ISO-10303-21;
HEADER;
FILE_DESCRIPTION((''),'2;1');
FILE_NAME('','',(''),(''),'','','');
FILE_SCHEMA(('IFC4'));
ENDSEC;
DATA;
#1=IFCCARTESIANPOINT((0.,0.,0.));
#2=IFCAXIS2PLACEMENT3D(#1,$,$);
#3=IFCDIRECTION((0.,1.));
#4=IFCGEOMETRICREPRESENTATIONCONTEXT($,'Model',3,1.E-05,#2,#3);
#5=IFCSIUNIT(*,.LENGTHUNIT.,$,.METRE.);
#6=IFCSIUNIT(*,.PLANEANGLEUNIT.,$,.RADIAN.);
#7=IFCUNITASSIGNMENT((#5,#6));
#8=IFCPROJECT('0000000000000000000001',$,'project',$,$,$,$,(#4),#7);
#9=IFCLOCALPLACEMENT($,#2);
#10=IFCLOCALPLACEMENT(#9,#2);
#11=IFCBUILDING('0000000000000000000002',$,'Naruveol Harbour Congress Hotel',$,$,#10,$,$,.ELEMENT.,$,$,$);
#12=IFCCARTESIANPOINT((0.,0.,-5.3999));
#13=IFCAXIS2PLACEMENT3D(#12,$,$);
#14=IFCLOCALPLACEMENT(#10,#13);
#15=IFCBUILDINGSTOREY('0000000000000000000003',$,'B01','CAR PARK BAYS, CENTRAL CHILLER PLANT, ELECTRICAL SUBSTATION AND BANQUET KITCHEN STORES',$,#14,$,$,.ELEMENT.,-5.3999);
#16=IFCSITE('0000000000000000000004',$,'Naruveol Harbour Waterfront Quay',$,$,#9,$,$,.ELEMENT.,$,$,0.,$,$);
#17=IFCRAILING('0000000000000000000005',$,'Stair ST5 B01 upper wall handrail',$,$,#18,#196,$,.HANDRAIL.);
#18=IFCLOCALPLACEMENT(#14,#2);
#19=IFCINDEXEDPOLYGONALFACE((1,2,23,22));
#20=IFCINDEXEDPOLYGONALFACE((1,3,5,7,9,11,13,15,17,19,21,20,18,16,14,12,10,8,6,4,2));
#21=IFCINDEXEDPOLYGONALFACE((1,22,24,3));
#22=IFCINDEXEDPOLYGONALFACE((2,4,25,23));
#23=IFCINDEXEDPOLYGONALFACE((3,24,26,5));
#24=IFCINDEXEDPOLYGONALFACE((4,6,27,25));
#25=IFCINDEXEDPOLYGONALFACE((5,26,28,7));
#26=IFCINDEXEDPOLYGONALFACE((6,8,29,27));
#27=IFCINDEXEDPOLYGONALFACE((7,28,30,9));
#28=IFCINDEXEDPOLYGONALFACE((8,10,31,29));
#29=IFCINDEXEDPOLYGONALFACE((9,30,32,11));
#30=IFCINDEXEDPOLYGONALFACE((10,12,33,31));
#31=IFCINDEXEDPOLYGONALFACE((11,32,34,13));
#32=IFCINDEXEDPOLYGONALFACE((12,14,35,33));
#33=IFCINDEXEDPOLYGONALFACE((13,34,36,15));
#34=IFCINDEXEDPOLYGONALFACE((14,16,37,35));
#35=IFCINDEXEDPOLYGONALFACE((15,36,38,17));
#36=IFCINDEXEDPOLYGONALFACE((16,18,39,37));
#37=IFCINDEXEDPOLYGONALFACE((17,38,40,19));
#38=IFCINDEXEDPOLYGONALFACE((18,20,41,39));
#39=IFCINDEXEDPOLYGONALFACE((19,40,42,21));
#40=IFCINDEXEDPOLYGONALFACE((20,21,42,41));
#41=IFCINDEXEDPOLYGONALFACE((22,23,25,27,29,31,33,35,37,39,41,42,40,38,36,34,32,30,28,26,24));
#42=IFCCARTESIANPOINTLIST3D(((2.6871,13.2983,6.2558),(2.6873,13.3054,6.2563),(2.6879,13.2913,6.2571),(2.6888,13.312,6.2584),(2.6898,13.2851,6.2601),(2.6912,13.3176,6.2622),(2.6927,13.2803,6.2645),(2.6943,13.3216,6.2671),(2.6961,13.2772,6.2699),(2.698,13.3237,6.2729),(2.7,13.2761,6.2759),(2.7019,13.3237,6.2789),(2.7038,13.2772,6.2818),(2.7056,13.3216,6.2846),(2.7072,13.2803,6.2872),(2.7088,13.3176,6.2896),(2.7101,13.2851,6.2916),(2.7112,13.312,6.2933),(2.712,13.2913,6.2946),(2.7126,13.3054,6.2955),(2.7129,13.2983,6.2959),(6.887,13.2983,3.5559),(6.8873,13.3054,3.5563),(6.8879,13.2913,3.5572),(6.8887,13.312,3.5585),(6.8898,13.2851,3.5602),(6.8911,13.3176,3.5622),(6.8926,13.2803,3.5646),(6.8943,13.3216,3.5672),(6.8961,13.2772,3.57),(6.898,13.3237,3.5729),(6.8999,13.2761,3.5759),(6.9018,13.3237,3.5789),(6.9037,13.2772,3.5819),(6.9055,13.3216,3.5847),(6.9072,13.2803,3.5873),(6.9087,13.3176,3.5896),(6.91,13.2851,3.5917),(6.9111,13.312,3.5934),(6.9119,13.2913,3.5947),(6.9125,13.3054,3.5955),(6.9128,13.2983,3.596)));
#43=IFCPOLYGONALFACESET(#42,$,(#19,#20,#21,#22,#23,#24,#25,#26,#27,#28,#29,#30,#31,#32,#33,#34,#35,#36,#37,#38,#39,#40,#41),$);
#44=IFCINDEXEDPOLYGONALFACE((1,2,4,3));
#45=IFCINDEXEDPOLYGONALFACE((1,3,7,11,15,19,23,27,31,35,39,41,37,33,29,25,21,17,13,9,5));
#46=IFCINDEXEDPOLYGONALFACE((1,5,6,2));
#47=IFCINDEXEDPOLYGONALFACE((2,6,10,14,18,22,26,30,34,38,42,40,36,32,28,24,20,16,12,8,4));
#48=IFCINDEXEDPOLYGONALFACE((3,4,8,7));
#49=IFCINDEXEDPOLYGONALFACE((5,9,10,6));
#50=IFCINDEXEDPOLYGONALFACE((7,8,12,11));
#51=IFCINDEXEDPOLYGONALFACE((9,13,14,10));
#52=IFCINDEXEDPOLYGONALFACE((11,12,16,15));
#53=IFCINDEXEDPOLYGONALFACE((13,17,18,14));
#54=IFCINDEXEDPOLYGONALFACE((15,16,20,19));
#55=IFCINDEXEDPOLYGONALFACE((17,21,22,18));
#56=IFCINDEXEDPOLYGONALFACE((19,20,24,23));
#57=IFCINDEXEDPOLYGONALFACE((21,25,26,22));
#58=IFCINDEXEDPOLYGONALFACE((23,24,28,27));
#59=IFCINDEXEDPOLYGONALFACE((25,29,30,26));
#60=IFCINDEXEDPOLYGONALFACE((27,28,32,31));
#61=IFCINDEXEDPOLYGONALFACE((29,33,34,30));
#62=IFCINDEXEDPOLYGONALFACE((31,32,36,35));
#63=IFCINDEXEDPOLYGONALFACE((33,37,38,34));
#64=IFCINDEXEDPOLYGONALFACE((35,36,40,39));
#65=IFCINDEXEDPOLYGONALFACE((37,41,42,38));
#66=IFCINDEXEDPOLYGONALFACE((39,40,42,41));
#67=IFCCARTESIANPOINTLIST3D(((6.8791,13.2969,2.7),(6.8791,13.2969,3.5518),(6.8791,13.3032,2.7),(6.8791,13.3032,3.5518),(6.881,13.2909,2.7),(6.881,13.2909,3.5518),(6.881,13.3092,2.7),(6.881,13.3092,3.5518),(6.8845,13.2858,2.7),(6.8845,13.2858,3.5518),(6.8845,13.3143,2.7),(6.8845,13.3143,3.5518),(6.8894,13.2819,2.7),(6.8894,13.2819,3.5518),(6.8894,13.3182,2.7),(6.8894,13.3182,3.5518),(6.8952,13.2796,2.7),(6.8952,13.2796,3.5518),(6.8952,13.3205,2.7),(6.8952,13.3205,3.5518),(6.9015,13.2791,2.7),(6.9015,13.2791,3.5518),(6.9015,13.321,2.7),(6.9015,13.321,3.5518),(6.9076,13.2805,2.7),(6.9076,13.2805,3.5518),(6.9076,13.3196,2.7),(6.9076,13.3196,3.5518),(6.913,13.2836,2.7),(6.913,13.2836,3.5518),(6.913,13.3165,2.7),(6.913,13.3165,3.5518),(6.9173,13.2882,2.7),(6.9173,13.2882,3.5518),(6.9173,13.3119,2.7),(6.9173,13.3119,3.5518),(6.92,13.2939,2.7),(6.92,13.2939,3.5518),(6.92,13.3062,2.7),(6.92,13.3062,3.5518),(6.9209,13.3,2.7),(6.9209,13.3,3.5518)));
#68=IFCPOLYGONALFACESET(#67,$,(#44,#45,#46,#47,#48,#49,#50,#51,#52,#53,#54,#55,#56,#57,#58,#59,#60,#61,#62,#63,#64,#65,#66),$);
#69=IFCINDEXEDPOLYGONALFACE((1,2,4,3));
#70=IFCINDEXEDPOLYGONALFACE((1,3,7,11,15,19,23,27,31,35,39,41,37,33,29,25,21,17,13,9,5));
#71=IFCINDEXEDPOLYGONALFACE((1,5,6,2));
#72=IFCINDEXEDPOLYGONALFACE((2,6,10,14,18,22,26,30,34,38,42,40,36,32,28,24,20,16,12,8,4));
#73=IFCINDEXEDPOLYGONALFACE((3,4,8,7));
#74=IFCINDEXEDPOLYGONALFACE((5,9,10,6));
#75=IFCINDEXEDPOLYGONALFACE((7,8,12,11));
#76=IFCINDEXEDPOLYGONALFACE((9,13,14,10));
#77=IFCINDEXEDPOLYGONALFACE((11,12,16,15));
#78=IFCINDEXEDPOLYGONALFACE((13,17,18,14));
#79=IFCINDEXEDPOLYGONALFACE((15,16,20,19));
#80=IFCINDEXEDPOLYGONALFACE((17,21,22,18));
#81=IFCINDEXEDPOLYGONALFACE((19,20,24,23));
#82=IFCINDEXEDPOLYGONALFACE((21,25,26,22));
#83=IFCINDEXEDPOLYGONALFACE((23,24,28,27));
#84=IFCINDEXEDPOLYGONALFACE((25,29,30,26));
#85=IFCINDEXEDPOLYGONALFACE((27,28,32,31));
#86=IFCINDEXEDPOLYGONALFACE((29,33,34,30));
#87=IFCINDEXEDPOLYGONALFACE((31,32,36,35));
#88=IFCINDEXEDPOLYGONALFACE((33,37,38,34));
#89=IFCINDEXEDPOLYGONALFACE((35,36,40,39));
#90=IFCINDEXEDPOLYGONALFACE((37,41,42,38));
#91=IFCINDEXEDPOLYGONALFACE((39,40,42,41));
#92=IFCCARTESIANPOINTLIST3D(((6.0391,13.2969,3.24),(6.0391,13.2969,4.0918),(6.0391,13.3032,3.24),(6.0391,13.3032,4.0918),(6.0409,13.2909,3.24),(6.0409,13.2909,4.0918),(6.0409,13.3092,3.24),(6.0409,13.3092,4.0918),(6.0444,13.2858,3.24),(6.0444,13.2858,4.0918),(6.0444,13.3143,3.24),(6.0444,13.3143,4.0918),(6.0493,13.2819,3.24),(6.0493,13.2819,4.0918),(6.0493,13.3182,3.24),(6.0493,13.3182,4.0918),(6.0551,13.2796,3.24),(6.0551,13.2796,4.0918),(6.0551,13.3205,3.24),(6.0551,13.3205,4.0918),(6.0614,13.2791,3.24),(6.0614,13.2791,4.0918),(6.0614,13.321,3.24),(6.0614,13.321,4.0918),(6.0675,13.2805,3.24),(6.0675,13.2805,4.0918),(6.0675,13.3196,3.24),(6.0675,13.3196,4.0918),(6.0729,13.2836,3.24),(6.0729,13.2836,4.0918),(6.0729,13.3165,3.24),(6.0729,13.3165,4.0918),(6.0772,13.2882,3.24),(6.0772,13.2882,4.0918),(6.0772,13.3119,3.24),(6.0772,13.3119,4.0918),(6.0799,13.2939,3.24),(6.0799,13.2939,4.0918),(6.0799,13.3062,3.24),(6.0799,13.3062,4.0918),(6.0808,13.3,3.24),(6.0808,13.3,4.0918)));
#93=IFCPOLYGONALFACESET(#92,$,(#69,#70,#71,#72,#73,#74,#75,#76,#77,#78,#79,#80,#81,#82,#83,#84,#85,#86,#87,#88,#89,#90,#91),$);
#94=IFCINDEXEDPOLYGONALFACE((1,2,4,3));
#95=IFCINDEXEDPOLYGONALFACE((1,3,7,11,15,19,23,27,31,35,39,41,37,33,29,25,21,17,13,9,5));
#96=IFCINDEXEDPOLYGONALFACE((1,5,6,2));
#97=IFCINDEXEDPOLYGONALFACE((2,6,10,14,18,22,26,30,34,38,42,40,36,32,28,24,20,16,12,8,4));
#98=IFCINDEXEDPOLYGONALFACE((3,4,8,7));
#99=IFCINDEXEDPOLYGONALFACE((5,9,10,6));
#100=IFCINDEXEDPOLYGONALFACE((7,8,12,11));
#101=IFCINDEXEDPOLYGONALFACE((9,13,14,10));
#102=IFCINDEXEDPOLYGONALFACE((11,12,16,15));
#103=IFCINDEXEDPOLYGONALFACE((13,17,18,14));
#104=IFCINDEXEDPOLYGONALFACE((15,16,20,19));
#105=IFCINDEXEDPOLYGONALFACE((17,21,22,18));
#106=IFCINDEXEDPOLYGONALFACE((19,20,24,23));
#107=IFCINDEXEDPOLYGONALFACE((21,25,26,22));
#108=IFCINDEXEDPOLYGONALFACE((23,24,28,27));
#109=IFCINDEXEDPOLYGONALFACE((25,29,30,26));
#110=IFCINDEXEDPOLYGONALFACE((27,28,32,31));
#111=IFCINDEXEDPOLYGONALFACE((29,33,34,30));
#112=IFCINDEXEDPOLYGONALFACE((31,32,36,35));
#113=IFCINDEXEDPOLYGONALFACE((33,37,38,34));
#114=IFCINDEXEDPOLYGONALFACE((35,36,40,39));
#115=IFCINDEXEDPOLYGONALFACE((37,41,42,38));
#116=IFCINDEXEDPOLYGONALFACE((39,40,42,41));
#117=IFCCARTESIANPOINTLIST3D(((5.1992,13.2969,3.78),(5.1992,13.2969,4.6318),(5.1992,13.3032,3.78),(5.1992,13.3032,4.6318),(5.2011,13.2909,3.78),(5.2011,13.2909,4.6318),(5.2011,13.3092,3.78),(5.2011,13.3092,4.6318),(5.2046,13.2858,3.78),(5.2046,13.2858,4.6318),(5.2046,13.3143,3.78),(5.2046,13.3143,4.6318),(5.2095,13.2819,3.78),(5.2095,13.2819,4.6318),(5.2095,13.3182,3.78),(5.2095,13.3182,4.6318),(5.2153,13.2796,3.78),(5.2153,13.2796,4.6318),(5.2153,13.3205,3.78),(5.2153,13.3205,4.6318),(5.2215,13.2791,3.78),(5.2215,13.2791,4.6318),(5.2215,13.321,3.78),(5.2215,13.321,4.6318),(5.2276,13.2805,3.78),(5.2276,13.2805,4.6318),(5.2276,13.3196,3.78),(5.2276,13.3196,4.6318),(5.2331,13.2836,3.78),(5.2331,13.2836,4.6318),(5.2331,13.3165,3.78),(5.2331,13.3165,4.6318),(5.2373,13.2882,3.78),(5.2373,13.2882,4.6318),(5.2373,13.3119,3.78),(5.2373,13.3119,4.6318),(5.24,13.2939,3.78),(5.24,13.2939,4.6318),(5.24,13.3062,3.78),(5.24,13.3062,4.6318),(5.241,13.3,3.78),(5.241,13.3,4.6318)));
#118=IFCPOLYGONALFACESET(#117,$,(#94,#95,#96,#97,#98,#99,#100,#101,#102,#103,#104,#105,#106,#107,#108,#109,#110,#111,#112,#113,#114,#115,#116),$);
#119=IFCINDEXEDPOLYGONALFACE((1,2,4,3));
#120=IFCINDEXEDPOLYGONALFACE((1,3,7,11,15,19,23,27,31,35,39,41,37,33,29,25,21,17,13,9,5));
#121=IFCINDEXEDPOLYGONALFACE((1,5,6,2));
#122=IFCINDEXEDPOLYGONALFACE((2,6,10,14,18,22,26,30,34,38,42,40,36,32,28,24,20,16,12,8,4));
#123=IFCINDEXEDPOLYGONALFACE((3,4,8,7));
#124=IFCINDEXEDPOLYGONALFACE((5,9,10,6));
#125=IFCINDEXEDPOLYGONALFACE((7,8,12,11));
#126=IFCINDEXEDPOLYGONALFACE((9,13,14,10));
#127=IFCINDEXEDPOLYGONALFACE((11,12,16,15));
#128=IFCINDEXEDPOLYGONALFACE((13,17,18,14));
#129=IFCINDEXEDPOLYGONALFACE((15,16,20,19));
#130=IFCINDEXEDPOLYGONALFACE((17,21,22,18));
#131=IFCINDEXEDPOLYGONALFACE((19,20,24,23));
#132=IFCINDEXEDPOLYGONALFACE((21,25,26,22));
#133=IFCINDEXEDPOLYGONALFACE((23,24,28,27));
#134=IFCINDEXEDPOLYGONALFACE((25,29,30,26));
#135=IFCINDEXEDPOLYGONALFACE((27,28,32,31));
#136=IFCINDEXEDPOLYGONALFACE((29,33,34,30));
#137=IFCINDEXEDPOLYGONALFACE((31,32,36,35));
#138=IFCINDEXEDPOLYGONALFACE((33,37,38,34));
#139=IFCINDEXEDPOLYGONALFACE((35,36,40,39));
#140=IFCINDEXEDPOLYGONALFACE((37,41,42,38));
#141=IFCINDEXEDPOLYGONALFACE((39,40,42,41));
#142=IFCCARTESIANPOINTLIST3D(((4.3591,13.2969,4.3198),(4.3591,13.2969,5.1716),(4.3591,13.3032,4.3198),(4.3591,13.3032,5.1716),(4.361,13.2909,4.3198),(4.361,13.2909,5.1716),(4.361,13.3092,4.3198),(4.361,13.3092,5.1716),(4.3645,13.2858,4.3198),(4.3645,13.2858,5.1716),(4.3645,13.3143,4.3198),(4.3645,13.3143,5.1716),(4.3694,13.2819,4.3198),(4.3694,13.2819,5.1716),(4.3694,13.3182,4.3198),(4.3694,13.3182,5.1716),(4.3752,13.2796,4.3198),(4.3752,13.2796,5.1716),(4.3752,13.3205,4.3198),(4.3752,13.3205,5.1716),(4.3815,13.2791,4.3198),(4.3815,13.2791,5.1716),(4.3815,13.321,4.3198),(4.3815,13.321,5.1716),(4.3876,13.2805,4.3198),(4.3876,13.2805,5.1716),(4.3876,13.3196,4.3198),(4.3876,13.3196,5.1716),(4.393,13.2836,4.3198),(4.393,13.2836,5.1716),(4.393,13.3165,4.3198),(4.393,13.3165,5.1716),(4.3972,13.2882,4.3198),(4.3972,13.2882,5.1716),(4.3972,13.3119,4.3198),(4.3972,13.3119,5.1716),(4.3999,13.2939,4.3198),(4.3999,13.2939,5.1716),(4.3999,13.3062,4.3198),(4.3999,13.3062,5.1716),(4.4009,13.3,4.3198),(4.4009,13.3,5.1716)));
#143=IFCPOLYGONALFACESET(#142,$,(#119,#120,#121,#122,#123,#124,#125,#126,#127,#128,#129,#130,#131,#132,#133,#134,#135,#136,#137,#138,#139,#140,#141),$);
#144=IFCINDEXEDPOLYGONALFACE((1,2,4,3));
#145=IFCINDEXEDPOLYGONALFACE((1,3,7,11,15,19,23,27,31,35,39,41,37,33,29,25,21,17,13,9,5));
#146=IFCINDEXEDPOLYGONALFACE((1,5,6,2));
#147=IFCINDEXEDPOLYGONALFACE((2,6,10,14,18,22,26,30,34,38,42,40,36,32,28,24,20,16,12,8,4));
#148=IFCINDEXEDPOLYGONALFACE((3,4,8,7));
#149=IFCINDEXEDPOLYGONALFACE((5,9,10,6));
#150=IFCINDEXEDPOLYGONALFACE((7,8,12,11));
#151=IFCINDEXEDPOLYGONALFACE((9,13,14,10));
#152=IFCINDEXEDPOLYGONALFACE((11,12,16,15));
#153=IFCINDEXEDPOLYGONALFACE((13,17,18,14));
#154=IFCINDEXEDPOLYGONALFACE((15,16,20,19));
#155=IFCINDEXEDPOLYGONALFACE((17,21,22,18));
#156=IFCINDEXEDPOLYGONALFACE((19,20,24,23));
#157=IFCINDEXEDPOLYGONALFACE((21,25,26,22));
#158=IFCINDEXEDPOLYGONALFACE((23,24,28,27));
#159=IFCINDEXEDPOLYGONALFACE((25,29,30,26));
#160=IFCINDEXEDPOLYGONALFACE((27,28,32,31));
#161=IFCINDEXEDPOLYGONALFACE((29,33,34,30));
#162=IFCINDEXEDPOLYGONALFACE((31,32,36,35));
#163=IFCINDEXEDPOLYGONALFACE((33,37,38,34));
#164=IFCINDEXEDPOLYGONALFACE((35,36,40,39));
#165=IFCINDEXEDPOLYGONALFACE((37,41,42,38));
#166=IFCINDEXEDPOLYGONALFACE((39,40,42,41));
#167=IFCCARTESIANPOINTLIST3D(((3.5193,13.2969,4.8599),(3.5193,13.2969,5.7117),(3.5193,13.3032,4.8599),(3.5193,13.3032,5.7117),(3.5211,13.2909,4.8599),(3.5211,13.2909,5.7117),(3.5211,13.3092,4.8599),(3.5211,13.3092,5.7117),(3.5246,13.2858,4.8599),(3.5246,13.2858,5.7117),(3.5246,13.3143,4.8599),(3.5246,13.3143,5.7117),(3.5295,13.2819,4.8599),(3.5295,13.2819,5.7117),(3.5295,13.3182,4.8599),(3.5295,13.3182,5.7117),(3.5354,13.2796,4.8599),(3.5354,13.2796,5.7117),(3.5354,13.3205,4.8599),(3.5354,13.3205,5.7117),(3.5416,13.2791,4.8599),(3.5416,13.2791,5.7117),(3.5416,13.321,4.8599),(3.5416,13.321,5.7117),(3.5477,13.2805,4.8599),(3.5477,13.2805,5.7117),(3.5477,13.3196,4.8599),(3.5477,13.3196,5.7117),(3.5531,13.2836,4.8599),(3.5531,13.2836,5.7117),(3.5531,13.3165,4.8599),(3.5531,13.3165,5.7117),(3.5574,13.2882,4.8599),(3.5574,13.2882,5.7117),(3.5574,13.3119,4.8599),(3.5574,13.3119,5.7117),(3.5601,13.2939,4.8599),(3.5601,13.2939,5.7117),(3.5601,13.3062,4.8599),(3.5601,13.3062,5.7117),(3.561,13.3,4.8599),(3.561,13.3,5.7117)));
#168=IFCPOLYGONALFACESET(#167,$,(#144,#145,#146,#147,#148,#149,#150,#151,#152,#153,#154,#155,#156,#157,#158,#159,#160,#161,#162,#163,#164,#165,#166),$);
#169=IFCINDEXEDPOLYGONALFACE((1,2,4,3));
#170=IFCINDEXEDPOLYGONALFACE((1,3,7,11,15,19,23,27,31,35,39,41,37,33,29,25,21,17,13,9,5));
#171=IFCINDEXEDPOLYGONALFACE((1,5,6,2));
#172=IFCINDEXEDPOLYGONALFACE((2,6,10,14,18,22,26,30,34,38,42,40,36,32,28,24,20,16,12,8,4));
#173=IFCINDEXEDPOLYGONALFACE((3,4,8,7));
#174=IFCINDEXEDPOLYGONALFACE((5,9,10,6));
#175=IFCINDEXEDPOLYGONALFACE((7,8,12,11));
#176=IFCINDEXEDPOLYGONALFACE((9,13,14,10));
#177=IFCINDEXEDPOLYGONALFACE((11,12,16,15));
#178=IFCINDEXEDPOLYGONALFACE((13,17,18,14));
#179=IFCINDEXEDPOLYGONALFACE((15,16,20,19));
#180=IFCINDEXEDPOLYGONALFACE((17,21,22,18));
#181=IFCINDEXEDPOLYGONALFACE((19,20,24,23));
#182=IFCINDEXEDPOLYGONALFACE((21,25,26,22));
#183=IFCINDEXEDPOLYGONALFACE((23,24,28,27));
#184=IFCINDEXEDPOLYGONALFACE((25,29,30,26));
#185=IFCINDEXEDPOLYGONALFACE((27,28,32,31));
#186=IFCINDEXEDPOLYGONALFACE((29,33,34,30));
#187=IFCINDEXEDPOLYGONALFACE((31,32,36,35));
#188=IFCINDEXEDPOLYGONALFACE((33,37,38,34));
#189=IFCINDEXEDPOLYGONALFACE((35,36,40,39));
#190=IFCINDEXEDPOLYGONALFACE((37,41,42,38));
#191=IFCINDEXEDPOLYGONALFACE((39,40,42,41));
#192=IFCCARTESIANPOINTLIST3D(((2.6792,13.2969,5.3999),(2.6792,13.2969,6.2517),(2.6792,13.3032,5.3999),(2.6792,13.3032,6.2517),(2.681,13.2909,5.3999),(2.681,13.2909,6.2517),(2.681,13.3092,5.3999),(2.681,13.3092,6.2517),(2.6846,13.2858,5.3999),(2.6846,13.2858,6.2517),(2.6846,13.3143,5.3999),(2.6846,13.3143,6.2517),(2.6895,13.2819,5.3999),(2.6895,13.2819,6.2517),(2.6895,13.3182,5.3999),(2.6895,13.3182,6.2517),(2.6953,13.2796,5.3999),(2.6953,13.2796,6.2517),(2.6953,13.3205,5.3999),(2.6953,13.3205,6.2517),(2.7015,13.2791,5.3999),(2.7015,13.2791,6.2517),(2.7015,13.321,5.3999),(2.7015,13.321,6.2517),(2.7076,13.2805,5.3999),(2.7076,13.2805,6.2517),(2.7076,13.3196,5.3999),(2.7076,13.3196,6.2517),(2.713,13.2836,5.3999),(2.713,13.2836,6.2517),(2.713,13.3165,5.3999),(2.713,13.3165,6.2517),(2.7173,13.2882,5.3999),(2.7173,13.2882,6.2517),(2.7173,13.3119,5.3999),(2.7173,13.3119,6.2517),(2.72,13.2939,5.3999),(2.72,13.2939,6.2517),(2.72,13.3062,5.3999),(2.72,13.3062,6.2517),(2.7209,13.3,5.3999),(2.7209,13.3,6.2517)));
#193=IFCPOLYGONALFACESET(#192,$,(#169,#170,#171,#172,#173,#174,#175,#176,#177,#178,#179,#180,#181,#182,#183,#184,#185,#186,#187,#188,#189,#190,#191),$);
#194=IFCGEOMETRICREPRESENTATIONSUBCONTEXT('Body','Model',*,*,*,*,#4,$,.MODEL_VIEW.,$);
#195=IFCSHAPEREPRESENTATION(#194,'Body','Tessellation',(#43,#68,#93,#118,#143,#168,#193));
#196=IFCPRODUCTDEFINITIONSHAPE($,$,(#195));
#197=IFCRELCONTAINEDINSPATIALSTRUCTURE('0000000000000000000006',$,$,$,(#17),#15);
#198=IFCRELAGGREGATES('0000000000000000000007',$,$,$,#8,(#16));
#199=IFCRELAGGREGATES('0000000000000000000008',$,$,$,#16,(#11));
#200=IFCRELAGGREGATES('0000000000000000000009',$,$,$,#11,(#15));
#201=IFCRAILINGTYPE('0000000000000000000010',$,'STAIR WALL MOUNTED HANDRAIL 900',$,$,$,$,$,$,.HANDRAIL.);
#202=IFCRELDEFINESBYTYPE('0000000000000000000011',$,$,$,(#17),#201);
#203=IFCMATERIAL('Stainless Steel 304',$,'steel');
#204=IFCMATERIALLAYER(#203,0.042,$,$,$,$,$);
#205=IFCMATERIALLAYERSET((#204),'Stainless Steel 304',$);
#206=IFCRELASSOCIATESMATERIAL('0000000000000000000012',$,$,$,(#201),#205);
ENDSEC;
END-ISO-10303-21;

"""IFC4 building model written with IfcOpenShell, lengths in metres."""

from ifc_helpers import new_model, si_unit, direction, frame, origin, origin_2d, place, context, subcontext, project, spatial, circle, extrude, material, layer, layer_set, type_object, element, save


model = new_model("IFC4")

# Units and contexts
model_context = context("Model", 3, precision=1e-05, world=origin(), true_north=direction((0.0, 1.0)))
body_context = subcontext(model_context, "Body", "Model", "MODEL_VIEW")
ifc_project = project(units=[si_unit("LENGTHUNIT", "METRE"), si_unit("PLANEANGLEUNIT", "RADIAN")], contexts=[model_context])

# Site, building, storey
site_placement = place(None, origin())
site = spatial("IfcSite", under=ifc_project, at=site_placement, Name="Naruveol Harbour Waterfront Quay", CompositionType="ELEMENT", RefElevation=0.0)
building_placement = place(site_placement, origin())
building = spatial("IfcBuilding", under=site, at=building_placement, Name="Naruveol Harbour Congress Hotel", CompositionType="ELEMENT")
storey_placement = place(building_placement, frame((0.0, 0.0, -5.3999)))
storey = spatial("IfcBuildingStorey", under=building, at=storey_placement, Name="B01", Description="CAR PARK BAYS, CENTRAL CHILLER PLANT, ELECTRICAL SUBSTATION AND BANQUET KITCHEN STORES", CompositionType="ELEMENT", Elevation=-5.3999)

# Railing
ifc_material_1 = material(Name="Stainless Steel 304", Category="steel")
ifc_layer_1 = layer(ifc_material_1, 0.042)
ifc_layer_set_1 = layer_set([ifc_layer_1], Name="Stainless Steel 304")
railing_type_1 = type_object("IfcRailingType", Name="STAIR WALL MOUNTED HANDRAIL 900", PredefinedType="HANDRAIL", material=ifc_layer_set_1)
railing_1_placement = place(storey_placement, frame((6.8999, 13.3, 2.7)))
element("IfcRailing", 1, at=railing_1_placement, inside=storey, type_object=railing_type_1, Name="Stair ST5 B01 upper wall handrail", PredefinedType="HANDRAIL", context=body_context, shape_type="SweptSolid", body=[
    extrude(circle(Radius=0.0239, at=origin_2d()), frame((0.0, 0.0, 0.876), z_axis=(-0.84118, 0.0, 0.540755), x_axis=(0.0, -1.0, 0.0)), (0.0, 0.0, 1.0), 4.9929),
    extrude(circle(Radius=0.021, at=origin_2d()), origin(), (0.0, 0.0, 1.0), 0.8518),
    extrude(circle(Radius=0.021, at=origin_2d()), frame((-0.8401, 0.0, 0.54)), (0.0, 0.0, 1.0), 0.8518),
    extrude(circle(Radius=0.021, at=origin_2d()), frame((-1.6799, 0.0, 1.0801)), (0.0, 0.0, 1.0), 0.8518),
    extrude(circle(Radius=0.021, at=origin_2d()), frame((-2.52, 0.0, 1.6199)), (0.0, 0.0, 1.0), 0.8518),
    extrude(circle(Radius=0.021, at=origin_2d()), frame((-3.3599, 0.0, 2.1599)), (0.0, 0.0, 1.0), 0.8518),
    extrude(circle(Radius=0.021, at=origin_2d()), frame((-4.2, 0.0, 2.7)), (0.0, 0.0, 1.0), 0.8518),
])

save(model, "model.ifc")
